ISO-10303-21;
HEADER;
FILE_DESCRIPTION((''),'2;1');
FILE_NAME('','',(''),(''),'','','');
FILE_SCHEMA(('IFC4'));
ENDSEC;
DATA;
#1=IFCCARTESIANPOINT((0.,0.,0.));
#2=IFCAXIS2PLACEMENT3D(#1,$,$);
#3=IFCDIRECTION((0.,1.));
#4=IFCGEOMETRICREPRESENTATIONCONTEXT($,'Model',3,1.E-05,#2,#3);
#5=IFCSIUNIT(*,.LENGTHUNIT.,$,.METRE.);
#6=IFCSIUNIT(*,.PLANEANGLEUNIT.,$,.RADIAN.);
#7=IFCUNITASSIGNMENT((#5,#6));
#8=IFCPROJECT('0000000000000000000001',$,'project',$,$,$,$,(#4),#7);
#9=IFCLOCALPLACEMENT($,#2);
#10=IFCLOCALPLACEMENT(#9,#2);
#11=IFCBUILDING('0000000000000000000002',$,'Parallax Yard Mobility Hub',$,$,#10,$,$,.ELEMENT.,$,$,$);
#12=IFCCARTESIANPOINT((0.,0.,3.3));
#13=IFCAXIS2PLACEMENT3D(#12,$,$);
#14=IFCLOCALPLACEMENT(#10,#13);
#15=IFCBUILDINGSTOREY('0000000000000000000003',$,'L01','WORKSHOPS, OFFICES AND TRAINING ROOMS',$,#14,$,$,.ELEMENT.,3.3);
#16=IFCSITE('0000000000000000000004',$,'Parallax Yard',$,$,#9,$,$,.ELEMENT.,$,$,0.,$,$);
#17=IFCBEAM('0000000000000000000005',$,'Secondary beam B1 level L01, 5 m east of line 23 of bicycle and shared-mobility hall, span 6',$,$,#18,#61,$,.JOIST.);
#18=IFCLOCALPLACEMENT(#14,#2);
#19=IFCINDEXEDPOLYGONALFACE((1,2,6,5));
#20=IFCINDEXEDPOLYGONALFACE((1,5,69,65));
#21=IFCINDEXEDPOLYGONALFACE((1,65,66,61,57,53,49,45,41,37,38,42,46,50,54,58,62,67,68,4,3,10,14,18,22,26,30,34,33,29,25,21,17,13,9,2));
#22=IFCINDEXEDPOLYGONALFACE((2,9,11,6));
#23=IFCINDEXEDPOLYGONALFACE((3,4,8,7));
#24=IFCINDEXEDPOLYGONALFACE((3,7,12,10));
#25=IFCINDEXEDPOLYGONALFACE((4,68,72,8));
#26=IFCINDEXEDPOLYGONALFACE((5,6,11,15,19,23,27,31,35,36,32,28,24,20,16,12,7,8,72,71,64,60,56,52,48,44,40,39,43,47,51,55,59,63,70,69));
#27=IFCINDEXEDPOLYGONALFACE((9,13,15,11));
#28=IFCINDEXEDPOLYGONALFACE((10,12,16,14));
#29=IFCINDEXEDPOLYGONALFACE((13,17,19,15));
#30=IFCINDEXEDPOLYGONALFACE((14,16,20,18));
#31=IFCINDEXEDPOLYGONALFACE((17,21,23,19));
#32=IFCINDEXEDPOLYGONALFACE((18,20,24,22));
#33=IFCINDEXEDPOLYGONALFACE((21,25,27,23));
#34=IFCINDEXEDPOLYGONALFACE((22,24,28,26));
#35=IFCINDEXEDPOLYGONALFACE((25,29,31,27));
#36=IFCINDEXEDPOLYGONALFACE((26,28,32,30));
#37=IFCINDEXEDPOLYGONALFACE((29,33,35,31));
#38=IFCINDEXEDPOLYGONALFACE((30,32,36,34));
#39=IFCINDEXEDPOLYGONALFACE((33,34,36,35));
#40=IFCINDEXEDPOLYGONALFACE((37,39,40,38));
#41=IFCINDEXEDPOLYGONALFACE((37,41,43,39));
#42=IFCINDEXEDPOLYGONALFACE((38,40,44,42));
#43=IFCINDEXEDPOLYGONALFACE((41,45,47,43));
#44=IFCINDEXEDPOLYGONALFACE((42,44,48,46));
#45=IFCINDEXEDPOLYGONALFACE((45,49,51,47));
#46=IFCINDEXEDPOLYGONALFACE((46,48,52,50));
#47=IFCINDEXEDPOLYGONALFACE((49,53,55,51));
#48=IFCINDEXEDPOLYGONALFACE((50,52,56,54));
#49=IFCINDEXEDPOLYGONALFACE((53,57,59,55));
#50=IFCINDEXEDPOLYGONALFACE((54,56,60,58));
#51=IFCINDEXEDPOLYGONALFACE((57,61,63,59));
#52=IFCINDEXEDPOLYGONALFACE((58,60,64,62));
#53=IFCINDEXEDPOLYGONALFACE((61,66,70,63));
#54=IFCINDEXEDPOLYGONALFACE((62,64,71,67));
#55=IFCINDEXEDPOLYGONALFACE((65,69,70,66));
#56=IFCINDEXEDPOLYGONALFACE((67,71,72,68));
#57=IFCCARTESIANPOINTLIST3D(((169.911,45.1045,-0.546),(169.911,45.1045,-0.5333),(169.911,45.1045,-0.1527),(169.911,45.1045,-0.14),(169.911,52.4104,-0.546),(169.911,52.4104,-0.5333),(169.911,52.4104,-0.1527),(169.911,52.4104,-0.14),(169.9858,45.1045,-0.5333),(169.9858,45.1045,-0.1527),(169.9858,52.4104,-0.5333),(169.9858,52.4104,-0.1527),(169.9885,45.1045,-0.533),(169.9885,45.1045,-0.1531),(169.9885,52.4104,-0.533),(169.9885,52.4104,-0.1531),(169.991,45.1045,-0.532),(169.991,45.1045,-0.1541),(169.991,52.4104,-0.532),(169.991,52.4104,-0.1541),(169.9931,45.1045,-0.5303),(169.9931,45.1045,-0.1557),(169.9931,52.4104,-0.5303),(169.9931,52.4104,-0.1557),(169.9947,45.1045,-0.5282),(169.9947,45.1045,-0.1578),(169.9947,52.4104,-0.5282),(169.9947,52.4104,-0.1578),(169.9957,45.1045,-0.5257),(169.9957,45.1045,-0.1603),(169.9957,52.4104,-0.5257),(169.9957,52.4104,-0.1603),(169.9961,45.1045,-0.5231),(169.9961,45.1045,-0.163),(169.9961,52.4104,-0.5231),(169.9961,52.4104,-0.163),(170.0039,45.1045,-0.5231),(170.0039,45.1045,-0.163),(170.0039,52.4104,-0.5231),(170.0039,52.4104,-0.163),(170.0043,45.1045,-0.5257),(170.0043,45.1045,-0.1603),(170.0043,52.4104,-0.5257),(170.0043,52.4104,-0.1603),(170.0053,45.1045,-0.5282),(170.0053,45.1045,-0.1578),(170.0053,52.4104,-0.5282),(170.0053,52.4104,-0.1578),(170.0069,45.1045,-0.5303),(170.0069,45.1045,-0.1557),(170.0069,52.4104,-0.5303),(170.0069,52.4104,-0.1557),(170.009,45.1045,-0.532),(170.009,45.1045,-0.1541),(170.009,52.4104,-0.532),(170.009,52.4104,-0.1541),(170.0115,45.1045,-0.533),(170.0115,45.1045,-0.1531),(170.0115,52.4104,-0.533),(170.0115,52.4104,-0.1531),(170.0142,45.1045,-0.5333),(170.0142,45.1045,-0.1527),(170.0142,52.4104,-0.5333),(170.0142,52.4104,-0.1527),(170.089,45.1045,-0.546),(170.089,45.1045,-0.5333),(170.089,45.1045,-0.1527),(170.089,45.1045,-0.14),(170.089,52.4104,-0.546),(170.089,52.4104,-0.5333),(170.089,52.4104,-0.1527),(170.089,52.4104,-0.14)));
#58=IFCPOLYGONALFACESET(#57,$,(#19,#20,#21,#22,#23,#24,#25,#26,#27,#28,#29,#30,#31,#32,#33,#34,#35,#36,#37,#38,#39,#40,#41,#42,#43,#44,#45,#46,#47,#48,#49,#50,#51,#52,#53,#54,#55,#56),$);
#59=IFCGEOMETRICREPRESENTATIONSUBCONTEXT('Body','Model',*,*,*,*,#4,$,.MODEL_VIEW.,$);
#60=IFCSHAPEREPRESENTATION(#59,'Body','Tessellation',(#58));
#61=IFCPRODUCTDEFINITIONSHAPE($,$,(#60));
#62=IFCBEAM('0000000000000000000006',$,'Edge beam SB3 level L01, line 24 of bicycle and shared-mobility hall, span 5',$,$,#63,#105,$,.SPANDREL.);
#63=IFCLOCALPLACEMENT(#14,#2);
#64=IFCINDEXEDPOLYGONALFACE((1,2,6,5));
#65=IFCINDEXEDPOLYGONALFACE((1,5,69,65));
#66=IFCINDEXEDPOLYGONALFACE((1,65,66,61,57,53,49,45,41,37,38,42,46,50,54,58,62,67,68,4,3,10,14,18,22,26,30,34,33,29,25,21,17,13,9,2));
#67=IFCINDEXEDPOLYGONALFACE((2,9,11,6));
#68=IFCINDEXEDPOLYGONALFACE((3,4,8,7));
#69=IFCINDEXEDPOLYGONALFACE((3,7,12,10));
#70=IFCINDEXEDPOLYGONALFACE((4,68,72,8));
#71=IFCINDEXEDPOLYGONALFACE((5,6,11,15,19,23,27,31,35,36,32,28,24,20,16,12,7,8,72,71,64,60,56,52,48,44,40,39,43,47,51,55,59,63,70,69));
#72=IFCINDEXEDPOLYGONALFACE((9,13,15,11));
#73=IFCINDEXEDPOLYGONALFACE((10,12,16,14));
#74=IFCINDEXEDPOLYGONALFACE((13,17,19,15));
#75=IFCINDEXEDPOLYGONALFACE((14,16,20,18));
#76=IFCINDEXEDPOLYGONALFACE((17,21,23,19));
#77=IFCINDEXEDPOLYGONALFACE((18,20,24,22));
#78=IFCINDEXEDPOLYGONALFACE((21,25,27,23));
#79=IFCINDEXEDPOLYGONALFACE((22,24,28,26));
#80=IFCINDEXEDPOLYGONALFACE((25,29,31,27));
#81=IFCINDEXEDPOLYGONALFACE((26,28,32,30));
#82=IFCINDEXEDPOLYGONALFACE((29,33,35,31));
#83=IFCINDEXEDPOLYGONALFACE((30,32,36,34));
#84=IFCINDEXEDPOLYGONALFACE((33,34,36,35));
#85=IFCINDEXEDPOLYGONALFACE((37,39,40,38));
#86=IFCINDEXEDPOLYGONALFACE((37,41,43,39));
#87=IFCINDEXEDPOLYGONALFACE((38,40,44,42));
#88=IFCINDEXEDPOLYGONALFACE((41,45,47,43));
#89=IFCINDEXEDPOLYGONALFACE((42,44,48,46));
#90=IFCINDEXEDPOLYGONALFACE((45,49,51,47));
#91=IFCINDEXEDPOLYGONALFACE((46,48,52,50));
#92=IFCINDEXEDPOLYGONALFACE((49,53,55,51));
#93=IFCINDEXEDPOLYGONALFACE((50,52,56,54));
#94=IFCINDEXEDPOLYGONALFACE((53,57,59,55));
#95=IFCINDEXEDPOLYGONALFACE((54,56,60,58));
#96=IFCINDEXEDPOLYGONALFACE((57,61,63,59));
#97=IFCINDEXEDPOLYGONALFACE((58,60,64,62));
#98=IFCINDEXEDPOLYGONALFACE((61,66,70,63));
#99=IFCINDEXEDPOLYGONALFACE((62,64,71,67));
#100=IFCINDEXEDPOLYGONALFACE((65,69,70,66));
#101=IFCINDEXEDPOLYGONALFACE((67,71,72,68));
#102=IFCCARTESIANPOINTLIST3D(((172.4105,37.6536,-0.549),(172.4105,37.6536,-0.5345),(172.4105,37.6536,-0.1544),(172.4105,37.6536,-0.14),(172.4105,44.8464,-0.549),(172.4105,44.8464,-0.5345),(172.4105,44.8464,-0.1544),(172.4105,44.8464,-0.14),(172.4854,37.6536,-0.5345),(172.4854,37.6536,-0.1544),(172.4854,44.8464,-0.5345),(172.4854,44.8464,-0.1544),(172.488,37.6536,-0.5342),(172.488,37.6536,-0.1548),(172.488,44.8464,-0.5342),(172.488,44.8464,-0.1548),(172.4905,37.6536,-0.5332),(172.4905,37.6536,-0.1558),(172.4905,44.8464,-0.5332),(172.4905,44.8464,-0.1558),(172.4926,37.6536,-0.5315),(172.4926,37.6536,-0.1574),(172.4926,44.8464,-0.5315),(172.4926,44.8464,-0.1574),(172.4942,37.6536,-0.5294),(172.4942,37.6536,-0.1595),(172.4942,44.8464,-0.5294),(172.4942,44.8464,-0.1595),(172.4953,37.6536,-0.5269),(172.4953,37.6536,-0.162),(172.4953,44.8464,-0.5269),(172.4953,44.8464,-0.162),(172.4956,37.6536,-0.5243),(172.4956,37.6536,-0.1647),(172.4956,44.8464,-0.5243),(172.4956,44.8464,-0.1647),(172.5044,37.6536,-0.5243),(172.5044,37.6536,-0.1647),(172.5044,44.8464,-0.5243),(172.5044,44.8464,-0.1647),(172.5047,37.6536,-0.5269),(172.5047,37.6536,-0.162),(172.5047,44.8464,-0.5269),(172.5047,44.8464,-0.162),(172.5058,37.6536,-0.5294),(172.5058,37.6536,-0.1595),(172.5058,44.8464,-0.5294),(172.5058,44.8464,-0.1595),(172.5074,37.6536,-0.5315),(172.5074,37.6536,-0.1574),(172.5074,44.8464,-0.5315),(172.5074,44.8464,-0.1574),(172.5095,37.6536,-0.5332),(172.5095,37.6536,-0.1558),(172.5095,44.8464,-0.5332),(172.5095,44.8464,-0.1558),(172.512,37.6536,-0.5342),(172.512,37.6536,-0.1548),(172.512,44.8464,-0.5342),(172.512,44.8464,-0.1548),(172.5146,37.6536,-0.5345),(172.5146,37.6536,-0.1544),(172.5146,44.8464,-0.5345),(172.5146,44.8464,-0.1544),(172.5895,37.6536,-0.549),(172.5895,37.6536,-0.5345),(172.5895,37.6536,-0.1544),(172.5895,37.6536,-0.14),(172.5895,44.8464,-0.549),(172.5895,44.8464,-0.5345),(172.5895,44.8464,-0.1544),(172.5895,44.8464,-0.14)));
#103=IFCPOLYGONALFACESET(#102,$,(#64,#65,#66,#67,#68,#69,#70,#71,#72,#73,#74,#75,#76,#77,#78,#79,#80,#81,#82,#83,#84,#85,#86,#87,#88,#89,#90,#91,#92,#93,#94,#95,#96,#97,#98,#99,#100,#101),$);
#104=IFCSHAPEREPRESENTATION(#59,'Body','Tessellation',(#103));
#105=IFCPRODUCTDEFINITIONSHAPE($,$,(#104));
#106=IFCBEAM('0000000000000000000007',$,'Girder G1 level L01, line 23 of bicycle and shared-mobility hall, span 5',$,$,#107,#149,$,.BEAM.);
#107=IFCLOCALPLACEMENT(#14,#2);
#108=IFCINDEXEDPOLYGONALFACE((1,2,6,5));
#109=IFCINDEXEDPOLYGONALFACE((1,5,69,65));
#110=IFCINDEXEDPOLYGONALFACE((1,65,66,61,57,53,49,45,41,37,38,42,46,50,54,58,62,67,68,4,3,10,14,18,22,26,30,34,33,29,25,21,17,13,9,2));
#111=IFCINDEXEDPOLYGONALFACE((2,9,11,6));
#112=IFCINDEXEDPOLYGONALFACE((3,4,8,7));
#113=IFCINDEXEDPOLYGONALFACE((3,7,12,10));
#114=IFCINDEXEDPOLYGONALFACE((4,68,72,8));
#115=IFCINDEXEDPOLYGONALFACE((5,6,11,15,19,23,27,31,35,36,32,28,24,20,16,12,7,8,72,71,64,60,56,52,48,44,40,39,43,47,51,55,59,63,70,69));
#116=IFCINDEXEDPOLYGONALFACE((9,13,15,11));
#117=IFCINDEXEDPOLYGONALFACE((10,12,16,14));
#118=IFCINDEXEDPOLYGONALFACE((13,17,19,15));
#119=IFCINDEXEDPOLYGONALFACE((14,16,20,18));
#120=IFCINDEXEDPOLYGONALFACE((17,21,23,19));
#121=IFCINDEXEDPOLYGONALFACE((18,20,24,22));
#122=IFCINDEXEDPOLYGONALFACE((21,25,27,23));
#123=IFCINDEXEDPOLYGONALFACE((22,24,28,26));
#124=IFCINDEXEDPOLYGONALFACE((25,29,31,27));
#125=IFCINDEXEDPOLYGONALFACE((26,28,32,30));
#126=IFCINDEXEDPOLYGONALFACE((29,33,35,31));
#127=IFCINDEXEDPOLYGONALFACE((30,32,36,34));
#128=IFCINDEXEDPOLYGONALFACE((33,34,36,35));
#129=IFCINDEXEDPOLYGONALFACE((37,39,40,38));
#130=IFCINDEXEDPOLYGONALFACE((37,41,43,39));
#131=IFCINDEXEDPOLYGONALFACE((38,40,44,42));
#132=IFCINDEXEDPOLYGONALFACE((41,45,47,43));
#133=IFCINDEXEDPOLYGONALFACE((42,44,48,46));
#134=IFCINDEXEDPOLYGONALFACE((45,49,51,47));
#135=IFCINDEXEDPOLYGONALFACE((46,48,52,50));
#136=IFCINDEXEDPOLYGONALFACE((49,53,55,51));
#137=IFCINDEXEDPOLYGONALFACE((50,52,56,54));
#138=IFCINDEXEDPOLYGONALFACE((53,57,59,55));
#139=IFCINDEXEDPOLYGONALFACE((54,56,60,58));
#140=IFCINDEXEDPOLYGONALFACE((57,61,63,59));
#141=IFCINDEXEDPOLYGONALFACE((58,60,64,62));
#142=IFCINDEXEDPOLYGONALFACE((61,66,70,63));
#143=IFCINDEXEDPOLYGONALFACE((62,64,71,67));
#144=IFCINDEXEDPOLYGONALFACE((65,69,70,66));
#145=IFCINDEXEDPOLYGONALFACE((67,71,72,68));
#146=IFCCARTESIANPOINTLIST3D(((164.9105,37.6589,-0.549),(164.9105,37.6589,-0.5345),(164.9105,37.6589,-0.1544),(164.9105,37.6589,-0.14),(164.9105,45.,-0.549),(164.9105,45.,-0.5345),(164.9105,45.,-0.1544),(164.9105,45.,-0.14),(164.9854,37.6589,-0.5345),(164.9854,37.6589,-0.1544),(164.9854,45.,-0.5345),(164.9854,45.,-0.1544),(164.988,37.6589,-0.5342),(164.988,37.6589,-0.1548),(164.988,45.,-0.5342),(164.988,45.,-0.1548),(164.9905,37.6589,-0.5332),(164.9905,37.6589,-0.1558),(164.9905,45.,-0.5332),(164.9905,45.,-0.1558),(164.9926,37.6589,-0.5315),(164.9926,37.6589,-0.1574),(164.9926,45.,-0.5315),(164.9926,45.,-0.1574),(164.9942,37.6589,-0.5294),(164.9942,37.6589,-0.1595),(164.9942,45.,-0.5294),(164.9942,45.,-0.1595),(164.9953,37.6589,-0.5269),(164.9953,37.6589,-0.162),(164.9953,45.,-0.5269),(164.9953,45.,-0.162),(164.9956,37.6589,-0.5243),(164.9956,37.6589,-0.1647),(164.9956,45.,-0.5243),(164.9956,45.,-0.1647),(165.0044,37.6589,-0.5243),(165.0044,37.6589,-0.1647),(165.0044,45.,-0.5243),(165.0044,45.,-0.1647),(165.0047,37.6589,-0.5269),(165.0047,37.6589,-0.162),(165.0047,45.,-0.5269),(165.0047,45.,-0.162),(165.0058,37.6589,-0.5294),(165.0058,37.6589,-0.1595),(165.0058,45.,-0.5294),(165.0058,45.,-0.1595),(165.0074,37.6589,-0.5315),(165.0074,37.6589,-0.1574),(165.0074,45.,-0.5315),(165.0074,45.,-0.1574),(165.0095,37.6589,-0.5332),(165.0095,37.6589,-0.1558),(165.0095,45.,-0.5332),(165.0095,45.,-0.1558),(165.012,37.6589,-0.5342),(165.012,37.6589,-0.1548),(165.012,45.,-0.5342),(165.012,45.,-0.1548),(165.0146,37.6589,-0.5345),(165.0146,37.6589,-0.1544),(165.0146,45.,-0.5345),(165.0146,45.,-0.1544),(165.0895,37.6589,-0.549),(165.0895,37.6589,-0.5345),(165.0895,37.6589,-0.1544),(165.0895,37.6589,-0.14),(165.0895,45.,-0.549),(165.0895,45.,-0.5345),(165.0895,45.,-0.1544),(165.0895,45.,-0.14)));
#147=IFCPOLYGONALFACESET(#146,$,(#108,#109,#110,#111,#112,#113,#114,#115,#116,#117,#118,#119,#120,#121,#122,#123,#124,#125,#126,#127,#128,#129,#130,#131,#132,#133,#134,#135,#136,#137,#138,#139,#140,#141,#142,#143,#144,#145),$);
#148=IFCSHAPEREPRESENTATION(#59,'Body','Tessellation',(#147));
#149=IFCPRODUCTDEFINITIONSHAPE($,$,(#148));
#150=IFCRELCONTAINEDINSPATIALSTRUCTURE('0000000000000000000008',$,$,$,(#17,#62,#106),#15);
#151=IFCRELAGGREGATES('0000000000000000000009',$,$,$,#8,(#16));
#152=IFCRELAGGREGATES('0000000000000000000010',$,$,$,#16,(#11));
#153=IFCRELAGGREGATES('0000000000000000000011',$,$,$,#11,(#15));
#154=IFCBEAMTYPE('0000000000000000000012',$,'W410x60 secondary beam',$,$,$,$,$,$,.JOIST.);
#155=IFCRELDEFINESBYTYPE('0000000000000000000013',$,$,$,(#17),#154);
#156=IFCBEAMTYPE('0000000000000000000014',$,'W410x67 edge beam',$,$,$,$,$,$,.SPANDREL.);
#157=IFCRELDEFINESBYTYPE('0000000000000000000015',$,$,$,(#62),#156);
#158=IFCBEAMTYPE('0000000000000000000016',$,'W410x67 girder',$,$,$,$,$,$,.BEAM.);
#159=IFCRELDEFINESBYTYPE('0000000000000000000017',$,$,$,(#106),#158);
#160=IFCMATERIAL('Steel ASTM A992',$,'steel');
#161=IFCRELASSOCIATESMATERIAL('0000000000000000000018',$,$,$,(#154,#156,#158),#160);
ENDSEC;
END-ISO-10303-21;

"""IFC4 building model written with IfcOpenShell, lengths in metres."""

from ifc_helpers import new_model, si_unit, direction, frame, origin, origin_2d, place, context, subcontext, project, spatial, i_section, extrude, material, material_profile, profile_set, type_object, element, save


model = new_model("IFC4")

# Units and contexts
model_context = context("Model", 3, precision=1e-05, world=origin(), true_north=direction((0.0, 1.0)))
body_context = subcontext(model_context, "Body", "Model", "MODEL_VIEW")
ifc_project = project(units=[si_unit("LENGTHUNIT", "METRE"), si_unit("PLANEANGLEUNIT", "RADIAN")], contexts=[model_context])

# Site, building, storey
site_placement = place(None, origin())
site = spatial("IfcSite", under=ifc_project, at=site_placement, Name="Parallax Yard", CompositionType="ELEMENT", RefElevation=0.0)
building_placement = place(site_placement, origin())
building = spatial("IfcBuilding", under=site, at=building_placement, Name="Parallax Yard Mobility Hub", CompositionType="ELEMENT")
storey_placement = place(building_placement, frame((0.0, 0.0, 3.3)))
storey = spatial("IfcBuildingStorey", under=building, at=storey_placement, Name="L01", Description="WORKSHOPS, OFFICES AND TRAINING ROOMS", CompositionType="ELEMENT", Elevation=3.3)

# Shared definitions
ifc_material_1 = material(Name="Steel ASTM A992", Category="steel")

# Beams
ifc_material_profile_1 = material_profile(ifc_material_1, i_section(OverallWidth=0.178, OverallDepth=0.406, WebThickness=0.0078, FlangeThickness=0.0127, FilletRadius=0.0103, at=origin_2d()), Name="W410x60")
ifc_profile_set_1 = profile_set([ifc_material_profile_1], Name="Steel ASTM A992")
beam_type_1 = type_object("IfcBeamType", Name="W410x60 secondary beam", PredefinedType="JOIST", material=ifc_profile_set_1)
beam_1_placement = place(storey_placement, frame((170.0, 45.1045, -0.343), z_axis=(0.0, 1.0, 0.0), x_axis=(-1.0, 0.0, 0.0)))
element("IfcBeam", 1, at=beam_1_placement, inside=storey, type_object=beam_type_1, Name="Secondary beam B1 level L01, 5 m east of line 23 of bicycle and shared-mobility hall, span 6", PredefinedType="JOIST", context=body_context, shape_type="SweptSolid", body=[
    extrude(i_section(OverallWidth=0.178, OverallDepth=0.406, WebThickness=0.0078, FlangeThickness=0.0127, FilletRadius=0.0103, at=origin_2d()), origin(), (0.0, 0.0, 1.0), 7.3059),
])
ifc_material_profile_2 = material_profile(ifc_material_1, i_section(OverallWidth=0.179, OverallDepth=0.4089, WebThickness=0.0088, FlangeThickness=0.0144, FilletRadius=0.0103, at=origin_2d()), Name="W410x67")
ifc_profile_set_2 = profile_set([ifc_material_profile_2], Name="Steel ASTM A992")
beam_type_2 = type_object("IfcBeamType", Name="W410x67 edge beam", PredefinedType="SPANDREL", material=ifc_profile_set_2)
beam_2_placement = place(storey_placement, frame((172.5, 37.6536, -0.3445), z_axis=(0.0, 1.0, 0.0), x_axis=(-1.0, 0.0, 0.0)))
element("IfcBeam", 2, at=beam_2_placement, inside=storey, type_object=beam_type_2, Name="Edge beam SB3 level L01, line 24 of bicycle and shared-mobility hall, span 5", PredefinedType="SPANDREL", context=body_context, shape_type="SweptSolid", body=[
    extrude(i_section(OverallWidth=0.179, OverallDepth=0.4089, WebThickness=0.0088, FlangeThickness=0.0144, FilletRadius=0.0103, at=origin_2d()), origin(), (0.0, 0.0, 1.0), 7.1929),
])
ifc_material_profile_3 = material_profile(ifc_material_1, i_section(OverallWidth=0.179, OverallDepth=0.4089, WebThickness=0.0088, FlangeThickness=0.0144, FilletRadius=0.0103, at=origin_2d()), Name="W410x67")
ifc_profile_set_3 = profile_set([ifc_material_profile_3], Name="Steel ASTM A992")
beam_type_3 = type_object("IfcBeamType", Name="W410x67 girder", PredefinedType="BEAM", material=ifc_profile_set_3)
beam_3_placement = place(storey_placement, frame((165.0, 37.6589, -0.3445), z_axis=(0.0, 1.0, 0.0), x_axis=(-1.0, 0.0, 0.0)))
element("IfcBeam", 3, at=beam_3_placement, inside=storey, type_object=beam_type_3, Name="Girder G1 level L01, line 23 of bicycle and shared-mobility hall, span 5", PredefinedType="BEAM", context=body_context, shape_type="SweptSolid", body=[
    extrude(i_section(OverallWidth=0.179, OverallDepth=0.4089, WebThickness=0.0088, FlangeThickness=0.0144, FilletRadius=0.0103, at=origin_2d()), origin(), (0.0, 0.0, 1.0), 7.3411),
])

save(model, "model.ifc")
